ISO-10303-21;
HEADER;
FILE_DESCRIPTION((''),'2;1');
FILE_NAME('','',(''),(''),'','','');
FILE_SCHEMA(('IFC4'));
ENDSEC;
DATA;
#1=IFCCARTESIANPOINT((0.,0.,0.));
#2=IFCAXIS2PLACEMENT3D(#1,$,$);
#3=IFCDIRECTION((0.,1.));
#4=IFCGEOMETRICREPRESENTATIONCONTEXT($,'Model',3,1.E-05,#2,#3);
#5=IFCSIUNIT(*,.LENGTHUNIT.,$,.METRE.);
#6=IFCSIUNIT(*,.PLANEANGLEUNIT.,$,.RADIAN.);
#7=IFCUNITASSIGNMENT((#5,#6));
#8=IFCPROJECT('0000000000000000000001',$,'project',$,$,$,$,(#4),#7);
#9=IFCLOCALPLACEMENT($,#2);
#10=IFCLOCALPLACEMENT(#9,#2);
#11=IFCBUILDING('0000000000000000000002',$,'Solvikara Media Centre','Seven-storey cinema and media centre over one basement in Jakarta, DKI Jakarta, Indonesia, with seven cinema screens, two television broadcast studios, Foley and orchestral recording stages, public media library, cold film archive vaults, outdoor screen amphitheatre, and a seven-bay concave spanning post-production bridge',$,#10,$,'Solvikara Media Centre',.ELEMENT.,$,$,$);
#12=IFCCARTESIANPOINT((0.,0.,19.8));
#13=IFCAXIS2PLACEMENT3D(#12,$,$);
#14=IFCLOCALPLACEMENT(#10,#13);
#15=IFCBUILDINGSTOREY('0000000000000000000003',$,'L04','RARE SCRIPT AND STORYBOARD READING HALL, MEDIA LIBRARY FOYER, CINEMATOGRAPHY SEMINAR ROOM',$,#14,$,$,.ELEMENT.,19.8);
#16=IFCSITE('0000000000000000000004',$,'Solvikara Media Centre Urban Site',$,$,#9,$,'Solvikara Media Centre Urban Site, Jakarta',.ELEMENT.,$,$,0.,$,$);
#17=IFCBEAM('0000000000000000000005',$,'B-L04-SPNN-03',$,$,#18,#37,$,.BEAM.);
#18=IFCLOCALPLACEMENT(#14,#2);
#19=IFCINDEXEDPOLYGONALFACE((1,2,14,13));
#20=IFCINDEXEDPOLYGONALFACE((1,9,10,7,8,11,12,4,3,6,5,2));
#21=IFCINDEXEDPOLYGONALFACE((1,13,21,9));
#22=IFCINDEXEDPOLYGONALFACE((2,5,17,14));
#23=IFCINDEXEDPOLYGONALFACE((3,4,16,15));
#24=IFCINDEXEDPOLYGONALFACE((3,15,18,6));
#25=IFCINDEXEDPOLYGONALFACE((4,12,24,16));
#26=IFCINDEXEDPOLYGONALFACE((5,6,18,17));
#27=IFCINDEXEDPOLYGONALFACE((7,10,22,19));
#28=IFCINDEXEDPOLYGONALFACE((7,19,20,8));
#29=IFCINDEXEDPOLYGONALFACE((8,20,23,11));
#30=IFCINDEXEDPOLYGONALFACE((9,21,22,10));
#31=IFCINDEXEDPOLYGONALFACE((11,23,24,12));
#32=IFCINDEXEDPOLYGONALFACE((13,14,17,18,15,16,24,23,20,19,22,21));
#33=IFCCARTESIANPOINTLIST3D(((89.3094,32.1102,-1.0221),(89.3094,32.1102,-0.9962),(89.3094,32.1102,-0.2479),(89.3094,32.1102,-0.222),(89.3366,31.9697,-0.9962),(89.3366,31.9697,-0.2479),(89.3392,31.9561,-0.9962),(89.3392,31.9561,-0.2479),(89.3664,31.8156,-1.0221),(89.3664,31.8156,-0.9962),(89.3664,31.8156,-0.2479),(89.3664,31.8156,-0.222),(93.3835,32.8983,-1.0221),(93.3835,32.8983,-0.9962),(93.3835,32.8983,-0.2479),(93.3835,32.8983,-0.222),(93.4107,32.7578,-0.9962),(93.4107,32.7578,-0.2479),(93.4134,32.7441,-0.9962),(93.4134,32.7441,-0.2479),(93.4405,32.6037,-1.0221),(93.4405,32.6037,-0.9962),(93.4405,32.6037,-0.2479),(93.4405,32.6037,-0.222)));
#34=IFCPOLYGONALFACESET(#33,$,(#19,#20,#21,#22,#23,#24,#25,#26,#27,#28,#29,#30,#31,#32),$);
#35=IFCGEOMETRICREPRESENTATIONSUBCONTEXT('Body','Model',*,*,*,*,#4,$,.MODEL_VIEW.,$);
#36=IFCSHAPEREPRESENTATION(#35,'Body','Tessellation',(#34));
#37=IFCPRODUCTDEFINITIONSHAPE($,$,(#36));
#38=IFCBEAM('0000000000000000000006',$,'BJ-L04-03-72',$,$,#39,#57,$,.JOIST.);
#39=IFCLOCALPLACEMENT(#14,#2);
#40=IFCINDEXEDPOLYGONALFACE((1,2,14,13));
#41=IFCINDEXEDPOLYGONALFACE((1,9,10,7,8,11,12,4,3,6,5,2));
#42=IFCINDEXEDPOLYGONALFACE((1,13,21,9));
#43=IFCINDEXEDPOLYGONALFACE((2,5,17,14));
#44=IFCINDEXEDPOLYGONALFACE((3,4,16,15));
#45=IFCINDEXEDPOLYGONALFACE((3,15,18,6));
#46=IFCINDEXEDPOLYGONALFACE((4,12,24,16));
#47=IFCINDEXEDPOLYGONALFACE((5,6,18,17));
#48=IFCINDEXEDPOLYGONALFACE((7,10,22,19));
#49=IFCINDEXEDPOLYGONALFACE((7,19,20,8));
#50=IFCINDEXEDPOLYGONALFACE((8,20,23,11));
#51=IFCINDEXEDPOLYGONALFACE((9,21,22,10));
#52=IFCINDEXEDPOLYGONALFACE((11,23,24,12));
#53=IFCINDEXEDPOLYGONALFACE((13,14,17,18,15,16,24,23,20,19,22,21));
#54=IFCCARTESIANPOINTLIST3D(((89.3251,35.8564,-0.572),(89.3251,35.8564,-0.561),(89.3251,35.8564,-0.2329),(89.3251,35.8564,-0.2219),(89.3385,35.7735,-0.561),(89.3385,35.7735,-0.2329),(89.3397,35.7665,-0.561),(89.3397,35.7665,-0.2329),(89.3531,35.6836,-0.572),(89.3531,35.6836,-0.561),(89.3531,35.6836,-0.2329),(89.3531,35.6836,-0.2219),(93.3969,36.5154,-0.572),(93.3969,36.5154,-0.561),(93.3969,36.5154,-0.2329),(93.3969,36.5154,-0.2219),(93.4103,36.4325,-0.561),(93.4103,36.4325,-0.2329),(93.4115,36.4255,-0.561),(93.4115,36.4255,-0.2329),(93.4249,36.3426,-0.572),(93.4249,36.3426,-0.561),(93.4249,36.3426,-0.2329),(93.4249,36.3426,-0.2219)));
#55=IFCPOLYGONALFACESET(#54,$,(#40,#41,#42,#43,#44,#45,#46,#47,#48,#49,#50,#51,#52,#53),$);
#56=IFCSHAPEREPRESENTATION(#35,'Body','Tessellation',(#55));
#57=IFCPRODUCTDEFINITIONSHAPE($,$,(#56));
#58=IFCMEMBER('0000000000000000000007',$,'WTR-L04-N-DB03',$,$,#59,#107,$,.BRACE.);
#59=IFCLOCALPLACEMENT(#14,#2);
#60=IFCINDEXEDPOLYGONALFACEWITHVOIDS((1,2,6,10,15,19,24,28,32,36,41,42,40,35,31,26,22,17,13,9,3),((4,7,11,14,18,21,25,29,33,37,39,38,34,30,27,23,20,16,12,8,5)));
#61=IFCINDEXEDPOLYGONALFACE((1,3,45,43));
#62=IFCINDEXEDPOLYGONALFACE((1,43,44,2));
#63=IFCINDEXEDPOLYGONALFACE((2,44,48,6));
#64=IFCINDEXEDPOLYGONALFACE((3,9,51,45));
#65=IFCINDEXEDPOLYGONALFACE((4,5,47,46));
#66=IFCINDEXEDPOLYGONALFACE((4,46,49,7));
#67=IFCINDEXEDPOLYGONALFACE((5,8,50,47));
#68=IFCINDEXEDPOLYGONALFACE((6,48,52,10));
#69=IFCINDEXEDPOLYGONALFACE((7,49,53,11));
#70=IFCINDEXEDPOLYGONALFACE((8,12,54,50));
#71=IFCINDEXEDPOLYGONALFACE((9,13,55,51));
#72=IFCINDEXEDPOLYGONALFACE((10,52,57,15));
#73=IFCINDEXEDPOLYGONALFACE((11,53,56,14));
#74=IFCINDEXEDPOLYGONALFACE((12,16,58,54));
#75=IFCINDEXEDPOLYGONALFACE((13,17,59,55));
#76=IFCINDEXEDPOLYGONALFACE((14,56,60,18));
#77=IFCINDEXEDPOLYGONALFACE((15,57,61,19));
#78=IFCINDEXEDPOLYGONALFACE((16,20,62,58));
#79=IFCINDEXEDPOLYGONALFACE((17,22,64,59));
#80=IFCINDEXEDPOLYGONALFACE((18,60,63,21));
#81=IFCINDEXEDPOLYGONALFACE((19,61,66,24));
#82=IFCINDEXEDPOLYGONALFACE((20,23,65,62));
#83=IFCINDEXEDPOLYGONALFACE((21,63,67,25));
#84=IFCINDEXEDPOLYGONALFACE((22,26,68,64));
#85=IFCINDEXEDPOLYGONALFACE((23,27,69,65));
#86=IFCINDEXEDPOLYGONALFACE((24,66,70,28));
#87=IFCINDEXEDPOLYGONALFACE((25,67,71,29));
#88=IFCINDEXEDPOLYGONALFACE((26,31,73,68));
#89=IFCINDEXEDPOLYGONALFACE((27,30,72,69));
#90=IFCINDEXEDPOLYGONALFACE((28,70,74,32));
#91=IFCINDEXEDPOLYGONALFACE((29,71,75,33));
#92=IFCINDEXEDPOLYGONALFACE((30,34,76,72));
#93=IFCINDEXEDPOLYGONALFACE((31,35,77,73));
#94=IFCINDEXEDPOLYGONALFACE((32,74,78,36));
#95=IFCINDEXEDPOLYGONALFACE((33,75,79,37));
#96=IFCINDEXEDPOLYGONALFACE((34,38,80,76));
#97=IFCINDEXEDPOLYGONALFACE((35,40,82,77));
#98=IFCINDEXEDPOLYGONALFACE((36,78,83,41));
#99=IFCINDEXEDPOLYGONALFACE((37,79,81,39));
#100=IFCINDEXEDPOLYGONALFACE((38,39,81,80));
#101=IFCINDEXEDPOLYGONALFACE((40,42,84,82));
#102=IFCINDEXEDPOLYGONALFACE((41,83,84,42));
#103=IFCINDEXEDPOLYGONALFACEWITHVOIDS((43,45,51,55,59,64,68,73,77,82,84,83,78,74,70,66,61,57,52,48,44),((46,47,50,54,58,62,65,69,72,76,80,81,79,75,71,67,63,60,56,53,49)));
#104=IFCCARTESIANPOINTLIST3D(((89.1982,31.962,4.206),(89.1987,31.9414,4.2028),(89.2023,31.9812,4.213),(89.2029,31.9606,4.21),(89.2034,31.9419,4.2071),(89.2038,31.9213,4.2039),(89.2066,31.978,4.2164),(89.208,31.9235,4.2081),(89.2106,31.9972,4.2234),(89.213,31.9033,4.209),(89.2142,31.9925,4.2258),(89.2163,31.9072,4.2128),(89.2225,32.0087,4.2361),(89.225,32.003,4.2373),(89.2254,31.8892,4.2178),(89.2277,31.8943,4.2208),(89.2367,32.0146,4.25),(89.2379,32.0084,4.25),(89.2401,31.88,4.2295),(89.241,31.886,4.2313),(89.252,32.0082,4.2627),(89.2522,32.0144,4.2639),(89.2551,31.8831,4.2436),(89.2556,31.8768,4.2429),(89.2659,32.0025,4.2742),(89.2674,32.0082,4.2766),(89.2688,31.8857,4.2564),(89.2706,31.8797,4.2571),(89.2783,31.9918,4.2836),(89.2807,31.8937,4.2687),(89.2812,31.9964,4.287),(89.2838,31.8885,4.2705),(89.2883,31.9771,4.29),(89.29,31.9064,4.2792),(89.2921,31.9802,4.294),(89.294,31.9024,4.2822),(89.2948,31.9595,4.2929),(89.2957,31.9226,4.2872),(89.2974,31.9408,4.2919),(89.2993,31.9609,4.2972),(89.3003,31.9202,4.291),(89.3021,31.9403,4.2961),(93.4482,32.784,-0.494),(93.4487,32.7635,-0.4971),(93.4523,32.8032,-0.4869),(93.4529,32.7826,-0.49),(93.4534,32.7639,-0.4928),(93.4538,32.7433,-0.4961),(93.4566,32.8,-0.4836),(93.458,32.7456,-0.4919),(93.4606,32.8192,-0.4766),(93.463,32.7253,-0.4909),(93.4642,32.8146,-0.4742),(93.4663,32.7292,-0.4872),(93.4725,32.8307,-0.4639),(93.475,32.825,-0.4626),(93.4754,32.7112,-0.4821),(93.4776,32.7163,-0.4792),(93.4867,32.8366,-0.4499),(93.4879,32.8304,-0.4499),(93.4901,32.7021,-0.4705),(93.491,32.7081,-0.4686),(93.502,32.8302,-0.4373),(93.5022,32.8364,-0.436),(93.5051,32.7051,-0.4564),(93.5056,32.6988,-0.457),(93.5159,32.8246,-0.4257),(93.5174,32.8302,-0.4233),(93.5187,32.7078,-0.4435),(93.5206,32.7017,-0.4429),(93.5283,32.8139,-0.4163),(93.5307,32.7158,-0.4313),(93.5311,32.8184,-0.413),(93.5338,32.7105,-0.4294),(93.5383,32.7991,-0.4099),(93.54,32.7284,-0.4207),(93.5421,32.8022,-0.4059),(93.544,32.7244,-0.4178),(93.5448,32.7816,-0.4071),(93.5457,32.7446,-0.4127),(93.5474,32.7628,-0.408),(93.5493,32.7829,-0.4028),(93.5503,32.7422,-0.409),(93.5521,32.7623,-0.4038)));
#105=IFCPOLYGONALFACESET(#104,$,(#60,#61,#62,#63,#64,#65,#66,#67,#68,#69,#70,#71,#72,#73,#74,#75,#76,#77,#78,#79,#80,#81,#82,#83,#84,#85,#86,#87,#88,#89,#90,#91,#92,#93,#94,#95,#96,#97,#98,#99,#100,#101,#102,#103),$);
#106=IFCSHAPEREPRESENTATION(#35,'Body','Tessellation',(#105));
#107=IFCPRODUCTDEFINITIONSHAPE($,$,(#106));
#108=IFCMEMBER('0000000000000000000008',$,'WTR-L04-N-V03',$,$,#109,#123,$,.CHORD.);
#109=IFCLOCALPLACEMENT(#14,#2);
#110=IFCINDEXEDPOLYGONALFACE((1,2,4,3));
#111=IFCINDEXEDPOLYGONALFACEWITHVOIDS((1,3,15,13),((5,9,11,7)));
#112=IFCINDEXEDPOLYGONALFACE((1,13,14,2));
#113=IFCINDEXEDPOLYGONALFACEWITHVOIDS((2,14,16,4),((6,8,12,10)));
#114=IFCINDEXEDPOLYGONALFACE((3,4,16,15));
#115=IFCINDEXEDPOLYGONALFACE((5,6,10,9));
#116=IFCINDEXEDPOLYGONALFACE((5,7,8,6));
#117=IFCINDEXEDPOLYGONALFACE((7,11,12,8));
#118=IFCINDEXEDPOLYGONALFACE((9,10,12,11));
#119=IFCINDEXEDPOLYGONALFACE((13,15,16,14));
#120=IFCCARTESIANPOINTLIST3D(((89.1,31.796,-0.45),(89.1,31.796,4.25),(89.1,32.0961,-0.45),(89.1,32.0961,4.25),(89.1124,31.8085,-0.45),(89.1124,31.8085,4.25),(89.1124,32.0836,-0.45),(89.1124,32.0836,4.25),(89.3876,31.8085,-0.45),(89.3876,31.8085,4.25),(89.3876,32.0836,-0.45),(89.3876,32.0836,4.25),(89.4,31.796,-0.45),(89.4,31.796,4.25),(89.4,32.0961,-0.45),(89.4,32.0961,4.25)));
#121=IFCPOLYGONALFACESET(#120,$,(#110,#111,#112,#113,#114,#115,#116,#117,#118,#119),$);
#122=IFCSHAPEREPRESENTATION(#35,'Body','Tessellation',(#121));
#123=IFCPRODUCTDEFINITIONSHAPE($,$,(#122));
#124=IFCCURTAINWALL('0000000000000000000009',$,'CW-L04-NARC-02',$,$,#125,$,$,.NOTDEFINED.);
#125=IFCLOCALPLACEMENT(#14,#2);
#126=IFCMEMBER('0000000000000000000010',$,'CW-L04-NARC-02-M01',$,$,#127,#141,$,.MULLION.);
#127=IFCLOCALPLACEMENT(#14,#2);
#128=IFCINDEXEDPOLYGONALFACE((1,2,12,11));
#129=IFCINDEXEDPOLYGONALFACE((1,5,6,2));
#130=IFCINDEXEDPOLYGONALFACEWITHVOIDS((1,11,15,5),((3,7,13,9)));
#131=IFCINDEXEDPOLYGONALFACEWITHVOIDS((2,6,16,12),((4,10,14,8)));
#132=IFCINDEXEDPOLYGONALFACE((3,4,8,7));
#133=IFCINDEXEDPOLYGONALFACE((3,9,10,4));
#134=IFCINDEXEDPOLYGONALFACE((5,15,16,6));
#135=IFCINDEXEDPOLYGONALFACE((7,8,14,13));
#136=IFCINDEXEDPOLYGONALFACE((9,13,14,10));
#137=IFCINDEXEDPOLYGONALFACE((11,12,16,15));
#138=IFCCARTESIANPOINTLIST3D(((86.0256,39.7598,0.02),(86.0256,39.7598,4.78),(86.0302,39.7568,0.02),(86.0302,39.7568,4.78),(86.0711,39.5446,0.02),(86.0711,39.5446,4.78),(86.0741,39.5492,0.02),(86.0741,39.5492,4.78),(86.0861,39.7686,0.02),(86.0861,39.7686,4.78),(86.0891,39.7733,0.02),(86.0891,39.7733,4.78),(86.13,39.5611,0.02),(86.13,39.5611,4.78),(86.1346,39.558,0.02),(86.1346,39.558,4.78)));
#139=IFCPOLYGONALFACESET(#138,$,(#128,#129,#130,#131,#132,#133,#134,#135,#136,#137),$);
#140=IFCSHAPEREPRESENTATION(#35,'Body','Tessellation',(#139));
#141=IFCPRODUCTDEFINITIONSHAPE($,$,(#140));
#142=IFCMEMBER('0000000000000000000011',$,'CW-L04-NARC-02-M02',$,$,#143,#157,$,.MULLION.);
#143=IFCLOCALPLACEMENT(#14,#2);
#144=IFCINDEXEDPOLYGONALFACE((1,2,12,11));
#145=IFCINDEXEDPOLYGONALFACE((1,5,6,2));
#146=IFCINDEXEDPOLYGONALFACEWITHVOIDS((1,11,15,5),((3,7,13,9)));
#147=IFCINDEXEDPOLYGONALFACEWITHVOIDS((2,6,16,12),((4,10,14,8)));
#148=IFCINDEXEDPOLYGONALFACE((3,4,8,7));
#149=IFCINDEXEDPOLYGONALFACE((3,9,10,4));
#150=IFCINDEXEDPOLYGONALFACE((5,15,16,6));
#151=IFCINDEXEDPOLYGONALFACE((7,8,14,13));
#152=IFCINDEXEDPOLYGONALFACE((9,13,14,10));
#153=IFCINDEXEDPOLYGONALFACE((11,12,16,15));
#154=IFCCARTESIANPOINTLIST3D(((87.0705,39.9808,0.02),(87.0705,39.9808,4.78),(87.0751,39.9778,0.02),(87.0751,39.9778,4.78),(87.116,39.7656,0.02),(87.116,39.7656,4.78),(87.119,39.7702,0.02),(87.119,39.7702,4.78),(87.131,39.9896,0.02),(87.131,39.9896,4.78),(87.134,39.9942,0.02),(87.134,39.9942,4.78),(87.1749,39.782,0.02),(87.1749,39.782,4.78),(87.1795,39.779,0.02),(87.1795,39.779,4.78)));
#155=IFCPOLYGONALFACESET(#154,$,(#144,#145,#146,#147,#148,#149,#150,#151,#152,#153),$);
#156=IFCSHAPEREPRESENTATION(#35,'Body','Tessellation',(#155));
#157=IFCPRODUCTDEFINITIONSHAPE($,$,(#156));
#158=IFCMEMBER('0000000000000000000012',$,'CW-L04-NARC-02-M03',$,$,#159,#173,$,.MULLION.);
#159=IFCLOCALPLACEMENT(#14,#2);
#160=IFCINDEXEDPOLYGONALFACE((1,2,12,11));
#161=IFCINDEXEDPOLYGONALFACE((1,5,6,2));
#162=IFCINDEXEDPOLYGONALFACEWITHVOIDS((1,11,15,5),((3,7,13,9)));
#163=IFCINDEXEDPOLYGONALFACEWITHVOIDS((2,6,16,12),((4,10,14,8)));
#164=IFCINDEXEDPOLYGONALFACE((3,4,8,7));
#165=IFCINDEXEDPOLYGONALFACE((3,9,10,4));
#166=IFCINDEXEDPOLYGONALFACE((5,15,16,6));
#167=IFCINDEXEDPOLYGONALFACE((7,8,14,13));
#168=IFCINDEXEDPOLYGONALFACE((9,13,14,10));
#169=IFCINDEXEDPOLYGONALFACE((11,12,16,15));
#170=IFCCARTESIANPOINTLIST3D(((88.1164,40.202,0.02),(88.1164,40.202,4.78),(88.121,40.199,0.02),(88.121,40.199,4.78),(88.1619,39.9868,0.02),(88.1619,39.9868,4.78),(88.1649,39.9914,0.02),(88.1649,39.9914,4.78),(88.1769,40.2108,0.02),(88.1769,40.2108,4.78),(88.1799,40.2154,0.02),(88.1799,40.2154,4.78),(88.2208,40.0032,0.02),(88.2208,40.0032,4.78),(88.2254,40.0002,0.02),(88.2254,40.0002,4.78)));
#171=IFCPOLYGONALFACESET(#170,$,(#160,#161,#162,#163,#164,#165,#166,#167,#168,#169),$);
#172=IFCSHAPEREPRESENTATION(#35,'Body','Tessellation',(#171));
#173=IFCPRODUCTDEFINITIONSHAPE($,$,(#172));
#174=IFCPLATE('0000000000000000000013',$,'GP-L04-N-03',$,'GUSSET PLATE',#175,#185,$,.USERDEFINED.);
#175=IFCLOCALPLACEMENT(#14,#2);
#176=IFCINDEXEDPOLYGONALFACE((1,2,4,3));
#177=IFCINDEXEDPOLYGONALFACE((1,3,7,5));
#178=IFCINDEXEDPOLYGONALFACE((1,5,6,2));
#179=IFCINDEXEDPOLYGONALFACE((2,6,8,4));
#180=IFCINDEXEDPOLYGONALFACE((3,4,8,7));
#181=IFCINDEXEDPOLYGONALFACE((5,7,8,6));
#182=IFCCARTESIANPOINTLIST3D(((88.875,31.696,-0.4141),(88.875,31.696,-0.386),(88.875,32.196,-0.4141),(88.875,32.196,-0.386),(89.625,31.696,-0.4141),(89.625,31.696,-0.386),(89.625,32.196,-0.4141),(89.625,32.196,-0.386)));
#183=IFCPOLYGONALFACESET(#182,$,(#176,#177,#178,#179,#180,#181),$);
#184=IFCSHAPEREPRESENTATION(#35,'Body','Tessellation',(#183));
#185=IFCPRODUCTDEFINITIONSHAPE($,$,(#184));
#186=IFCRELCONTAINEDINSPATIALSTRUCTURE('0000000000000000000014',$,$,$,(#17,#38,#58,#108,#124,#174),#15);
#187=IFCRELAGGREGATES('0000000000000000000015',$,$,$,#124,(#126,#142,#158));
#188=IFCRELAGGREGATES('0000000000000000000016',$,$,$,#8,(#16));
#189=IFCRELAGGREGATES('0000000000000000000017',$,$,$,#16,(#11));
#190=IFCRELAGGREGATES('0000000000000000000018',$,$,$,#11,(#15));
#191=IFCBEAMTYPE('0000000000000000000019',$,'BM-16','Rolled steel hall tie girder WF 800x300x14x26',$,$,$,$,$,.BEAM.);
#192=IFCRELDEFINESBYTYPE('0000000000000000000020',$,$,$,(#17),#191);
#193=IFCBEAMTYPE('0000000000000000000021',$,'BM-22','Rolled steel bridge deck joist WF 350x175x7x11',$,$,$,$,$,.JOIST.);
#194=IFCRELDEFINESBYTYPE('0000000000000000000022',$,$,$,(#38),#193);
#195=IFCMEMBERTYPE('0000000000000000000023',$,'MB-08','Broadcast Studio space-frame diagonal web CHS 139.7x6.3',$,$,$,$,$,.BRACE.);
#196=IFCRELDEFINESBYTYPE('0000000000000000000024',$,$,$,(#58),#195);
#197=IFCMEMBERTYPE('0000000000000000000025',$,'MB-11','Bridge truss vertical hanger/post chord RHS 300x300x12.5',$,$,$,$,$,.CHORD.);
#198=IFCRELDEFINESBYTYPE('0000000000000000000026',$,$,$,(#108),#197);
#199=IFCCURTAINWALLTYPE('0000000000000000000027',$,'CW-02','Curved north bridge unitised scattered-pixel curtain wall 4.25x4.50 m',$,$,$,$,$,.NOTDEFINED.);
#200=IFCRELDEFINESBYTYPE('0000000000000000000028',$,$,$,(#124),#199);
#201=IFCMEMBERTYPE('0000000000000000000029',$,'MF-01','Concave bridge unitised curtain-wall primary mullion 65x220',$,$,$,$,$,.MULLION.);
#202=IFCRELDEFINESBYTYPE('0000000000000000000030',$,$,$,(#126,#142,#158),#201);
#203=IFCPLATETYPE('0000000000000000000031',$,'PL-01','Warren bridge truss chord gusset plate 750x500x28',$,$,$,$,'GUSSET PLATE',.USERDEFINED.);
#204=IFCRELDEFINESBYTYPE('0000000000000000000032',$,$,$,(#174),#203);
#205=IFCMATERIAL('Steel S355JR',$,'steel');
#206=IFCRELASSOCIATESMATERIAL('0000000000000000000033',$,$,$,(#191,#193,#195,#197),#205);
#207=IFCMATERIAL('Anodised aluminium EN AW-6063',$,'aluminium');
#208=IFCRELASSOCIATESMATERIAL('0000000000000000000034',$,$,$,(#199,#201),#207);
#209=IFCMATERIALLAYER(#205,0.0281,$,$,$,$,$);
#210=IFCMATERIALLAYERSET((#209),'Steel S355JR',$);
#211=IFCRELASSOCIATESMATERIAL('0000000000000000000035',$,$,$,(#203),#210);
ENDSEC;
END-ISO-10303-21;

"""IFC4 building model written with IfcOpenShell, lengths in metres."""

from ifc_helpers import new_model, si_unit, direction, frame, origin, origin_2d, place, context, subcontext, project, spatial, rectangle, hollow_rectangle, hollow_circle, i_section, extrude, material, layer, layer_set, material_profile, profile_set, type_object, element, aggregate, save


model = new_model("IFC4")

# Units and contexts
model_context = context("Model", 3, precision=1e-05, world=origin(), true_north=direction((0.0, 1.0)))
body_context = subcontext(model_context, "Body", "Model", "MODEL_VIEW")
ifc_project = project(units=[si_unit("LENGTHUNIT", "METRE"), si_unit("PLANEANGLEUNIT", "RADIAN")], contexts=[model_context])

# Site, building, storey
site_placement = place(None, origin())
site = spatial("IfcSite", under=ifc_project, at=site_placement, Name="Solvikara Media Centre Urban Site", LongName="Solvikara Media Centre Urban Site, Jakarta", CompositionType="ELEMENT", RefElevation=0.0)
building_placement = place(site_placement, origin())
building = spatial("IfcBuilding", under=site, at=building_placement, Name="Solvikara Media Centre", Description="Seven-storey cinema and media centre over one basement in Jakarta, DKI Jakarta, Indonesia, with seven cinema screens, two television broadcast studios, Foley and orchestral recording stages, public media library, cold film archive vaults, outdoor screen amphitheatre, and a seven-bay concave spanning post-production bridge", LongName="Solvikara Media Centre", CompositionType="ELEMENT")
storey_placement = place(building_placement, frame((0.0, 0.0, 19.8)))
storey = spatial("IfcBuildingStorey", under=building, at=storey_placement, Name="L04", Description="RARE SCRIPT AND STORYBOARD READING HALL, MEDIA LIBRARY FOYER, CINEMATOGRAPHY SEMINAR ROOM", CompositionType="ELEMENT", Elevation=19.8)

# Beams
ifc_material_1 = material(Name="Steel S355JR", Category="steel")
ifc_material_profile_1 = material_profile(ifc_material_1, i_section(OverallWidth=0.3, OverallDepth=0.8, WebThickness=0.0139, FlangeThickness=0.0259, at=origin_2d()), Name="WF 800x300x14x26")
ifc_profile_set_1 = profile_set([ifc_material_profile_1], Name="Steel S355JR")
beam_type_1 = type_object("IfcBeamType", Name="BM-16", Description="Rolled steel hall tie girder WF 800x300x14x26", PredefinedType="BEAM", material=ifc_profile_set_1)
beam_1_placement = place(storey_placement, frame((89.3379, 31.9629, -0.6221), z_axis=(0.981801, 0.189912, 0.0), x_axis=(-0.189912, 0.981801, 0.0)))
element("IfcBeam", 1, at=beam_1_placement, inside=storey, type_object=beam_type_1, Name="B-L04-SPNN-03", PredefinedType="BEAM", context=body_context, shape_type="SweptSolid", body=[
    extrude(i_section(OverallWidth=0.3, OverallDepth=0.8, WebThickness=0.0139, FlangeThickness=0.0259, at=origin_2d()), origin(), (0.0, 0.0, 1.0), 4.1497),
])
ifc_material_profile_2 = material_profile(ifc_material_1, i_section(OverallWidth=0.175, OverallDepth=0.3501, WebThickness=0.0071, FlangeThickness=0.011, at=origin_2d()), Name="WF 350x175x7x11")
ifc_profile_set_2 = profile_set([ifc_material_profile_2], Name="Steel S355JR")
beam_type_2 = type_object("IfcBeamType", Name="BM-22", Description="Rolled steel bridge deck joist WF 350x175x7x11", PredefinedType="JOIST", material=ifc_profile_set_2)
beam_2_placement = place(storey_placement, frame((89.3391, 35.77, -0.397), z_axis=(0.987157, 0.159752, 0.0), x_axis=(-0.159752, 0.987157, 0.0)))
element("IfcBeam", 2, at=beam_2_placement, inside=storey, type_object=beam_type_2, Name="BJ-L04-03-72", PredefinedType="JOIST", context=body_context, shape_type="SweptSolid", body=[
    extrude(i_section(OverallWidth=0.175, OverallDepth=0.3501, WebThickness=0.0071, FlangeThickness=0.011, at=origin_2d()), origin(), (0.0, 0.0, 1.0), 4.1248),
])

# Members
ifc_material_profile_3 = material_profile(ifc_material_1, hollow_circle(Radius=0.0698, WallThickness=0.0063, at=origin_2d()), Name="CHS 139.7x6.3")
ifc_profile_set_3 = profile_set([ifc_material_profile_3], Name="Steel S355JR")
member_type_1 = type_object("IfcMemberType", Name="MB-08", Description="Broadcast Studio space-frame diagonal web CHS 139.7x6.3", PredefinedType="BRACE", material=ifc_profile_set_3)
member_1_placement = place(storey_placement, frame((89.25, 31.946, 4.25), z_axis=(0.665137, 0.128649, -0.735556), x_axis=(-0.189897, 0.981804, 0.0)))
element("IfcMember", 3, at=member_1_placement, inside=storey, type_object=member_type_1, Name="WTR-L04-N-DB03", PredefinedType="BRACE", context=body_context, shape_type="SweptSolid", body=[
    extrude(hollow_circle(Radius=0.0698, WallThickness=0.0063, at=origin_2d()), origin(), (0.0, 0.0, 1.0), 6.3896),
])
ifc_material_profile_4 = material_profile(ifc_material_1, hollow_rectangle(XDim=0.3, YDim=0.3, WallThickness=0.0125, at=origin_2d()), Name="RHS 300x300x12.5")
ifc_profile_set_4 = profile_set([ifc_material_profile_4], Name="Steel S355JR")
member_type_2 = type_object("IfcMemberType", Name="MB-11", Description="Bridge truss vertical hanger/post chord RHS 300x300x12.5", PredefinedType="CHORD", material=ifc_profile_set_4)
member_2_placement = place(storey_placement, frame((89.25, 31.946, -0.45), z_axis=(0.0, 0.0, 1.0), x_axis=(1.0, 0.0, 0.0)))
element("IfcMember", 4, at=member_2_placement, inside=storey, type_object=member_type_2, Name="WTR-L04-N-V03", PredefinedType="CHORD", context=body_context, shape_type="SweptSolid", body=[
    extrude(hollow_rectangle(XDim=0.3, YDim=0.3, WallThickness=0.0125, at=origin_2d()), origin(), (0.0, 0.0, 1.0), 4.7),
])

# Curtain wall, members
ifc_material_2 = material(Name="Anodised aluminium EN AW-6063", Category="aluminium")
curtain_wall_type = type_object("IfcCurtainWallType", Name="CW-02", Description="Curved north bridge unitised scattered-pixel curtain wall 4.25x4.50 m", PredefinedType="NOTDEFINED", material=ifc_material_2)
curtain_wall_placement = place(storey_placement, origin())
curtain_wall = element("IfcCurtainWall", 5, at=curtain_wall_placement, inside=storey, type_object=curtain_wall_type, Name="CW-L04-NARC-02", PredefinedType="NOTDEFINED")
ifc_material_profile_5 = material_profile(ifc_material_2, hollow_rectangle(XDim=0.0649, YDim=0.22, WallThickness=0.0039, at=origin_2d()), Name="ALU-M 65x220x4")
ifc_profile_set_5 = profile_set([ifc_material_profile_5], Name="Anodised aluminium EN AW-6063")
member_type_3 = type_object("IfcMemberType", Name="MF-01", Description="Concave bridge unitised curtain-wall primary mullion 65x220", PredefinedType="MULLION", material=ifc_profile_set_5)
member_3_placement = place(storey_placement, frame((86.0801, 39.6589, 0.02), z_axis=(0.0, 0.0, 1.0), x_axis=(0.978379, 0.206819, 0.0)))
member_3 = element("IfcMember", 6, at=member_3_placement, type_object=member_type_3, Name="CW-L04-NARC-02-M01", PredefinedType="MULLION", context=body_context, shape_type="SweptSolid", body=[
    extrude(hollow_rectangle(XDim=0.0649, YDim=0.22, WallThickness=0.0039, at=origin_2d()), origin(), (0.0, 0.0, 1.0), 4.76),
])
member_4_placement = place(storey_placement, frame((87.125, 39.8799, 0.02), z_axis=(0.0, 0.0, 1.0), x_axis=(0.978379, 0.206819, 0.0)))
member_4 = element("IfcMember", 7, at=member_4_placement, type_object=member_type_3, Name="CW-L04-NARC-02-M02", PredefinedType="MULLION", context=body_context, shape_type="SweptSolid", body=[
    extrude(hollow_rectangle(XDim=0.0649, YDim=0.22, WallThickness=0.0039, at=origin_2d()), origin(), (0.0, 0.0, 1.0), 4.76),
])
member_5_placement = place(storey_placement, frame((88.1709, 40.1011, 0.02), z_axis=(0.0, 0.0, 1.0), x_axis=(0.978379, 0.206819, 0.0)))
member_5 = element("IfcMember", 8, at=member_5_placement, type_object=member_type_3, Name="CW-L04-NARC-02-M03", PredefinedType="MULLION", context=body_context, shape_type="SweptSolid", body=[
    extrude(hollow_rectangle(XDim=0.0649, YDim=0.22, WallThickness=0.0039, at=origin_2d()), origin(), (0.0, 0.0, 1.0), 4.76),
])

# Plate
ifc_layer_1 = layer(ifc_material_1, 0.0281)
ifc_layer_set_1 = layer_set([ifc_layer_1], Name="Steel S355JR")
plate_type_1 = type_object("IfcPlateType", Name="PL-01", Description="Warren bridge truss chord gusset plate 750x500x28", ElementType="GUSSET PLATE", PredefinedType="USERDEFINED", material=ifc_layer_set_1)
plate_1_placement = place(storey_placement, frame((89.25, 31.946, -0.4141), z_axis=(0.0, 0.0, 1.0), x_axis=(1.0, 0.0, 0.0)))
element("IfcPlate", 9, at=plate_1_placement, inside=storey, type_object=plate_type_1, Name="GP-L04-N-03", ObjectType="GUSSET PLATE", PredefinedType="USERDEFINED", context=body_context, shape_type="SweptSolid", body=[
    extrude(rectangle(XDim=0.75, YDim=0.5, at=origin_2d()), origin(), (0.0, 0.0, 1.0), 0.0281),
])
aggregate(curtain_wall, [member_3, member_4, member_5])

save(model, "model.ifc")
